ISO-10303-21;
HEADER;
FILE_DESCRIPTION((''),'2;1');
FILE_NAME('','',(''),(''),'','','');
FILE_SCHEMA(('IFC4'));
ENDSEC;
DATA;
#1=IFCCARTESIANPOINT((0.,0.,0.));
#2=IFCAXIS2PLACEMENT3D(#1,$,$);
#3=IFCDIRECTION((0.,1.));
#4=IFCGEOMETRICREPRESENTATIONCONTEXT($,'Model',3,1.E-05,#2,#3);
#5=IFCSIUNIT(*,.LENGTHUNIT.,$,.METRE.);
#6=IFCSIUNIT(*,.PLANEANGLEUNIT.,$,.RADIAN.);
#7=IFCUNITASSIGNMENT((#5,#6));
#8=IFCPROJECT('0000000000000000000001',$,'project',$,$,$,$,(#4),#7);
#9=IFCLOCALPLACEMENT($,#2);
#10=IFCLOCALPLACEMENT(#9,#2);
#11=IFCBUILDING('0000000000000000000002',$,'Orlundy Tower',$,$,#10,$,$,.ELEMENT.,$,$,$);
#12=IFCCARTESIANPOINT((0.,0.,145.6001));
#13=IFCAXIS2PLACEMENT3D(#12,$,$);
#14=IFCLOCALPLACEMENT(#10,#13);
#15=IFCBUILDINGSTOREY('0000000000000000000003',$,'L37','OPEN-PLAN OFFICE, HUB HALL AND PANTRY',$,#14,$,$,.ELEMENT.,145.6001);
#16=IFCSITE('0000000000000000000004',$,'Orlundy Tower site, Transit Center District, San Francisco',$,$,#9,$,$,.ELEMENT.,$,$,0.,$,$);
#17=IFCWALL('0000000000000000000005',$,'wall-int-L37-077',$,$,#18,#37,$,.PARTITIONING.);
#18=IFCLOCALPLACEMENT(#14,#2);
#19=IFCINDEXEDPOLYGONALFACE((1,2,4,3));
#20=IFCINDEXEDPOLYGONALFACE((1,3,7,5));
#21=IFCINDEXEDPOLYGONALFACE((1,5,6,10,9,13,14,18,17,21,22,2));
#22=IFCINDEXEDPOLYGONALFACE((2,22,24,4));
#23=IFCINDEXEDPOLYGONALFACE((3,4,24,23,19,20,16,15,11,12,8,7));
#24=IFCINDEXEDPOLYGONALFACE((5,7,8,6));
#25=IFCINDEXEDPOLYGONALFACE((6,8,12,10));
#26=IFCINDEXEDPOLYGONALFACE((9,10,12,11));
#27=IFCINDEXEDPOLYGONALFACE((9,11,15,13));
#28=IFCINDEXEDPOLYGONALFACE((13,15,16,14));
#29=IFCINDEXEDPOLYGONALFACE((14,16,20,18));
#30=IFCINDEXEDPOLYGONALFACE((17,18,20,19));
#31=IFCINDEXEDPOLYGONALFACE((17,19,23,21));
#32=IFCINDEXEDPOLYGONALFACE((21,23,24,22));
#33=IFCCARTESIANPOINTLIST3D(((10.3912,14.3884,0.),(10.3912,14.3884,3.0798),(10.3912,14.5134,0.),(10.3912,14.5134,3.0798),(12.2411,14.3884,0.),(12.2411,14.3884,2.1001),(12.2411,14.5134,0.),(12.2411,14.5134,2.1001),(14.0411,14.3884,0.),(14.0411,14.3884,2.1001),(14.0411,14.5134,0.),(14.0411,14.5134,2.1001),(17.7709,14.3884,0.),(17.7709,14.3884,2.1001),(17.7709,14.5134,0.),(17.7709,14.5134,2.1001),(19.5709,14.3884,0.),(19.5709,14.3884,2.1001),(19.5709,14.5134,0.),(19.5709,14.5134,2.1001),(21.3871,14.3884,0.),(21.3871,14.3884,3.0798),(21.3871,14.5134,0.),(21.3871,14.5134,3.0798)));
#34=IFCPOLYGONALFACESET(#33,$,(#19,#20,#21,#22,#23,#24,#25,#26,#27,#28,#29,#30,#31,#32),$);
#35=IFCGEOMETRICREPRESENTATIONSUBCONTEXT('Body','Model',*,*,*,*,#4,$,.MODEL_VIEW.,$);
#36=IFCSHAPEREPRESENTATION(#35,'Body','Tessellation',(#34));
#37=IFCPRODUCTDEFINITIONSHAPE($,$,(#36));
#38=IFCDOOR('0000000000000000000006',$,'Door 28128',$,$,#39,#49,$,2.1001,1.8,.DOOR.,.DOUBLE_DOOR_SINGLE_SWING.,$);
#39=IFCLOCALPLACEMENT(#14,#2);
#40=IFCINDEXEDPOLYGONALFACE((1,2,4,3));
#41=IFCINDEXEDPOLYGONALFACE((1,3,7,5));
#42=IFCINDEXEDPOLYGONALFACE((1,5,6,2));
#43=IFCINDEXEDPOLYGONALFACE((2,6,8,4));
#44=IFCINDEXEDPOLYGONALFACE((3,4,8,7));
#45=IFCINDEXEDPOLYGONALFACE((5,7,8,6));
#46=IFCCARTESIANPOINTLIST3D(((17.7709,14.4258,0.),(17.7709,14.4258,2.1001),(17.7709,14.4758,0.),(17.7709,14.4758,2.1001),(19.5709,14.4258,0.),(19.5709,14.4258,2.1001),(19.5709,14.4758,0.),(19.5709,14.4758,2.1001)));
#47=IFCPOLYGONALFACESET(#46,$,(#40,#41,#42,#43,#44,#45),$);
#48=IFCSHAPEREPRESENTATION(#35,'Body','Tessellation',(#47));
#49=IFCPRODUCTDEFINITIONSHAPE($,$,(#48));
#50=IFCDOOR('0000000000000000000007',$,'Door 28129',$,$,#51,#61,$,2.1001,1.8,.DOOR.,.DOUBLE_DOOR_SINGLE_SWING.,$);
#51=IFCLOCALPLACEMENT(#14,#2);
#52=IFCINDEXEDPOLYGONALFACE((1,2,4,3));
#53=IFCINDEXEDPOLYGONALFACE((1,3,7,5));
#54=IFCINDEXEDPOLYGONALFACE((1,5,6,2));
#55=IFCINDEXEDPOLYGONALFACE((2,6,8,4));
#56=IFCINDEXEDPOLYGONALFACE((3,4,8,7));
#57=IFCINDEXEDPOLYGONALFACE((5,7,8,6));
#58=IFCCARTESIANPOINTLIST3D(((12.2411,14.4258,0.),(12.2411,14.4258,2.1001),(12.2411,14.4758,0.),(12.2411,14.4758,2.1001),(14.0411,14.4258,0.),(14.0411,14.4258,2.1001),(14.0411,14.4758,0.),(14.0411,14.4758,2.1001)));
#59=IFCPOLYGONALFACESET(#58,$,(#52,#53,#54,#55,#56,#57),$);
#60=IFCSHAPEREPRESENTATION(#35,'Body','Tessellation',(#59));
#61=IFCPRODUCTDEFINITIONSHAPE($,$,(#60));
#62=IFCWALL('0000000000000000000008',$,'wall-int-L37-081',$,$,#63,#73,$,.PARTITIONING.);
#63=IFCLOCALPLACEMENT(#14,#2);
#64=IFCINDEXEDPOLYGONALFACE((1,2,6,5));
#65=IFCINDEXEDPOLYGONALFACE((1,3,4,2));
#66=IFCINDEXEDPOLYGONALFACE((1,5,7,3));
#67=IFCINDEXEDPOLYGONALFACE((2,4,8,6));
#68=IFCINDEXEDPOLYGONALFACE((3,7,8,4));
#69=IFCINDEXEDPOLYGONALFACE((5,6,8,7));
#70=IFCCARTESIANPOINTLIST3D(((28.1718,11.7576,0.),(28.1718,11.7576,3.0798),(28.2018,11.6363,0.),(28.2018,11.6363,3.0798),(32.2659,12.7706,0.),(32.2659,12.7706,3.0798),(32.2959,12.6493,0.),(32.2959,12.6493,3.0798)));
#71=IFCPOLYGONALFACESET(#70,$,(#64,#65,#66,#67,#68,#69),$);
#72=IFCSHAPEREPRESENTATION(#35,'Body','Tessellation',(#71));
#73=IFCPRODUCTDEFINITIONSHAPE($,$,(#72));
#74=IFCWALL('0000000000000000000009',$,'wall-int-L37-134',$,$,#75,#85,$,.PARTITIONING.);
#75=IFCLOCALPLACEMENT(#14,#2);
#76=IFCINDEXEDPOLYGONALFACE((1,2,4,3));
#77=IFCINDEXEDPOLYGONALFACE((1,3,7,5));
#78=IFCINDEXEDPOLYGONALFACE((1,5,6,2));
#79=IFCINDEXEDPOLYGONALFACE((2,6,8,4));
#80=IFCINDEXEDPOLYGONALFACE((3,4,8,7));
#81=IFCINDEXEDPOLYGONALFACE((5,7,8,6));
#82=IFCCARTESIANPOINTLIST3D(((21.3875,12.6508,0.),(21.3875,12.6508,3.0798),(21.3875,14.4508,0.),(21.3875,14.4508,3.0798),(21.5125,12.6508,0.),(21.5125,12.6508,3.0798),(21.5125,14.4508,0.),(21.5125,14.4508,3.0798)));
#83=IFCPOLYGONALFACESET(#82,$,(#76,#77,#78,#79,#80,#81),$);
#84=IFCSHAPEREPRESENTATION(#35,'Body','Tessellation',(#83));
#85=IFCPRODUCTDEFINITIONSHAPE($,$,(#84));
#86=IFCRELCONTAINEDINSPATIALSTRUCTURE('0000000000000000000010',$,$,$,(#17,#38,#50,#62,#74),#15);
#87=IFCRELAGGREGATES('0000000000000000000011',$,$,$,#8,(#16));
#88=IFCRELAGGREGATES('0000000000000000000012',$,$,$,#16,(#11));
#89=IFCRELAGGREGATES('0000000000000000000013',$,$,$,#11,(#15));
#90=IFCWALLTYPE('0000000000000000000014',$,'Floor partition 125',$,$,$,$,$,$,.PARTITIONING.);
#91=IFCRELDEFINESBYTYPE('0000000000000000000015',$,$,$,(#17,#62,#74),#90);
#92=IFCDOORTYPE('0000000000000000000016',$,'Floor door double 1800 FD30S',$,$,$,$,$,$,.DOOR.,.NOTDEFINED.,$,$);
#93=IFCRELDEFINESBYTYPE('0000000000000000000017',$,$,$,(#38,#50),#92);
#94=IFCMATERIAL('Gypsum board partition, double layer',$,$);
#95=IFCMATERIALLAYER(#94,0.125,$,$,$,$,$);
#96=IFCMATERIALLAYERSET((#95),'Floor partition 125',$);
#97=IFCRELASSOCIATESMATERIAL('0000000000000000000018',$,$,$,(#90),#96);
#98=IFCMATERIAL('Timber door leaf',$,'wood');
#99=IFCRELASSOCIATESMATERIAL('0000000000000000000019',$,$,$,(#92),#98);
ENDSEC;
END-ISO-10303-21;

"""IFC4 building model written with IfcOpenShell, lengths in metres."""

from ifc_helpers import new_model, si_unit, direction, frame, frame_2d, origin, place, context, subcontext, project, spatial, rectangle, extrude, material, layer, layer_set, type_object, element, fill, save


model = new_model("IFC4")

# Units and contexts
model_context = context("Model", 3, precision=1e-05, world=origin(), true_north=direction((0.0, 1.0)))
body_context = subcontext(model_context, "Body", "Model", "MODEL_VIEW")
ifc_project = project(units=[si_unit("LENGTHUNIT", "METRE"), si_unit("PLANEANGLEUNIT", "RADIAN")], contexts=[model_context])

# Site, building, storey
site_placement = place(None, origin())
site = spatial("IfcSite", under=ifc_project, at=site_placement, Name="Orlundy Tower site, Transit Center District, San Francisco", CompositionType="ELEMENT", RefElevation=0.0)
building_placement = place(site_placement, origin())
building = spatial("IfcBuilding", under=site, at=building_placement, Name="Orlundy Tower", CompositionType="ELEMENT")
storey_placement = place(building_placement, frame((0.0, 0.0, 145.6001)))
storey = spatial("IfcBuildingStorey", under=building, at=storey_placement, Name="L37", Description="OPEN-PLAN OFFICE, HUB HALL AND PANTRY", CompositionType="ELEMENT", Elevation=145.6001)

# Shared definitions
ifc_material_1 = material(Name="Gypsum board partition, double layer")
ifc_layer_1 = layer(ifc_material_1, 0.125)
ifc_layer_set_1 = layer_set([ifc_layer_1], Name="Floor partition 125")
wall_type_1 = type_object("IfcWallType", Name="Floor partition 125", PredefinedType="PARTITIONING", material=ifc_layer_set_1)

# Wall, openings, doors
wall_1_placement = place(storey_placement, frame((10.3911, 14.4509, 0.0), z_axis=(0.0, 0.0, 1.0), x_axis=(1.0, 0.0, 0.0)))
wall_1 = element("IfcWall", 1, at=wall_1_placement, inside=storey, type_object=wall_type_1, Name="wall-int-L37-077", PredefinedType="PARTITIONING", context=body_context, shape_type="SweptSolid", body=[
    extrude(rectangle(XDim=10.9958, YDim=0.125, at=frame_2d((5.498, 0.0))), origin(), (0.0, 0.0, 1.0), 3.0798),
])
opening_1_placement = place(wall_1_placement, frame((7.3799, 0.0, 0.0)))
opening_1 = element("IfcOpeningElement", 2, at=opening_1_placement, cuts=wall_1, PredefinedType="OPENING", context=body_context, shape_type="SweptSolid", body=[
    extrude(rectangle(XDim=1.8, YDim=2.1001, at=frame_2d((0.8999, 1.05))), frame((0.0, 0.0725, 0.0), z_axis=(0.0, -1.0, 0.0), x_axis=(1.0, 0.0, 0.0)), (0.0, 0.0, 1.0), 0.145),
])
opening_2_placement = place(wall_1_placement, frame((1.8501, 0.0, 0.0)))
opening_2 = element("IfcOpeningElement", 3, at=opening_2_placement, cuts=wall_1, PredefinedType="OPENING", context=body_context, shape_type="SweptSolid", body=[
    extrude(rectangle(XDim=1.8, YDim=2.1001, at=frame_2d((0.8999, 1.05))), frame((0.0, 0.0725, 0.0), z_axis=(0.0, -1.0, 0.0), x_axis=(1.0, 0.0, 0.0)), (0.0, 0.0, 1.0), 0.145),
])
ifc_material_2 = material(Name="Timber door leaf", Category="wood")
door_type = type_object("IfcDoorType", Name="Floor door double 1800 FD30S", OperationType="NOTDEFINED", PredefinedType="DOOR", material=ifc_material_2)
door_1_placement = place(opening_1_placement, origin())
door_1 = element("IfcDoor", 4, at=door_1_placement, inside=storey, type_object=door_type, Name="Door 28128", OperationType="DOUBLE_DOOR_SINGLE_SWING", OverallHeight=2.1001, OverallWidth=1.8, PredefinedType="DOOR", context=body_context, shape_type="SweptSolid", body=[
    extrude(rectangle(XDim=1.8, YDim=2.1001, at=frame_2d((0.8999, 1.05))), frame((0.0, 0.0249, 0.0), z_axis=(0.0, -1.0, 0.0), x_axis=(1.0, 0.0, 0.0)), (0.0, 0.0, 1.0), 0.05),
])
fill(opening_1, door_1)
door_2_placement = place(opening_2_placement, origin())
door_2 = element("IfcDoor", 5, at=door_2_placement, inside=storey, type_object=door_type, Name="Door 28129", OperationType="DOUBLE_DOOR_SINGLE_SWING", OverallHeight=2.1001, OverallWidth=1.8, PredefinedType="DOOR", context=body_context, shape_type="SweptSolid", body=[
    extrude(rectangle(XDim=1.8, YDim=2.1001, at=frame_2d((0.8999, 1.05))), frame((0.0, 0.0249, 0.0), z_axis=(0.0, -1.0, 0.0), x_axis=(1.0, 0.0, 0.0)), (0.0, 0.0, 1.0), 0.05),
])
fill(opening_2, door_2)

# Walls
wall_2_placement = place(storey_placement, frame((32.281, 12.71, 0.0), z_axis=(0.0, 0.0, 1.0), x_axis=(-0.970729, -0.240179, 0.0)))
element("IfcWall", 6, at=wall_2_placement, inside=storey, type_object=wall_type_1, Name="wall-int-L37-081", PredefinedType="PARTITIONING", context=body_context, shape_type="SweptSolid", body=[
    extrude(rectangle(XDim=4.2175, YDim=0.125, at=frame_2d((2.1089, 0.0))), origin(), (0.0, 0.0, 1.0), 3.0798),
])
wall_3_placement = place(storey_placement, frame((21.45, 12.6509, 0.0), z_axis=(0.0, 0.0, 1.0), x_axis=(0.0, 1.0, 0.0)))
element("IfcWall", 7, at=wall_3_placement, inside=storey, type_object=wall_type_1, Name="wall-int-L37-134", PredefinedType="PARTITIONING", context=body_context, shape_type="SweptSolid", body=[
    extrude(rectangle(XDim=1.8, YDim=0.125, at=frame_2d((0.8999, 0.0))), origin(), (0.0, 0.0, 1.0), 3.0798),
])

save(model, "model.ifc")
